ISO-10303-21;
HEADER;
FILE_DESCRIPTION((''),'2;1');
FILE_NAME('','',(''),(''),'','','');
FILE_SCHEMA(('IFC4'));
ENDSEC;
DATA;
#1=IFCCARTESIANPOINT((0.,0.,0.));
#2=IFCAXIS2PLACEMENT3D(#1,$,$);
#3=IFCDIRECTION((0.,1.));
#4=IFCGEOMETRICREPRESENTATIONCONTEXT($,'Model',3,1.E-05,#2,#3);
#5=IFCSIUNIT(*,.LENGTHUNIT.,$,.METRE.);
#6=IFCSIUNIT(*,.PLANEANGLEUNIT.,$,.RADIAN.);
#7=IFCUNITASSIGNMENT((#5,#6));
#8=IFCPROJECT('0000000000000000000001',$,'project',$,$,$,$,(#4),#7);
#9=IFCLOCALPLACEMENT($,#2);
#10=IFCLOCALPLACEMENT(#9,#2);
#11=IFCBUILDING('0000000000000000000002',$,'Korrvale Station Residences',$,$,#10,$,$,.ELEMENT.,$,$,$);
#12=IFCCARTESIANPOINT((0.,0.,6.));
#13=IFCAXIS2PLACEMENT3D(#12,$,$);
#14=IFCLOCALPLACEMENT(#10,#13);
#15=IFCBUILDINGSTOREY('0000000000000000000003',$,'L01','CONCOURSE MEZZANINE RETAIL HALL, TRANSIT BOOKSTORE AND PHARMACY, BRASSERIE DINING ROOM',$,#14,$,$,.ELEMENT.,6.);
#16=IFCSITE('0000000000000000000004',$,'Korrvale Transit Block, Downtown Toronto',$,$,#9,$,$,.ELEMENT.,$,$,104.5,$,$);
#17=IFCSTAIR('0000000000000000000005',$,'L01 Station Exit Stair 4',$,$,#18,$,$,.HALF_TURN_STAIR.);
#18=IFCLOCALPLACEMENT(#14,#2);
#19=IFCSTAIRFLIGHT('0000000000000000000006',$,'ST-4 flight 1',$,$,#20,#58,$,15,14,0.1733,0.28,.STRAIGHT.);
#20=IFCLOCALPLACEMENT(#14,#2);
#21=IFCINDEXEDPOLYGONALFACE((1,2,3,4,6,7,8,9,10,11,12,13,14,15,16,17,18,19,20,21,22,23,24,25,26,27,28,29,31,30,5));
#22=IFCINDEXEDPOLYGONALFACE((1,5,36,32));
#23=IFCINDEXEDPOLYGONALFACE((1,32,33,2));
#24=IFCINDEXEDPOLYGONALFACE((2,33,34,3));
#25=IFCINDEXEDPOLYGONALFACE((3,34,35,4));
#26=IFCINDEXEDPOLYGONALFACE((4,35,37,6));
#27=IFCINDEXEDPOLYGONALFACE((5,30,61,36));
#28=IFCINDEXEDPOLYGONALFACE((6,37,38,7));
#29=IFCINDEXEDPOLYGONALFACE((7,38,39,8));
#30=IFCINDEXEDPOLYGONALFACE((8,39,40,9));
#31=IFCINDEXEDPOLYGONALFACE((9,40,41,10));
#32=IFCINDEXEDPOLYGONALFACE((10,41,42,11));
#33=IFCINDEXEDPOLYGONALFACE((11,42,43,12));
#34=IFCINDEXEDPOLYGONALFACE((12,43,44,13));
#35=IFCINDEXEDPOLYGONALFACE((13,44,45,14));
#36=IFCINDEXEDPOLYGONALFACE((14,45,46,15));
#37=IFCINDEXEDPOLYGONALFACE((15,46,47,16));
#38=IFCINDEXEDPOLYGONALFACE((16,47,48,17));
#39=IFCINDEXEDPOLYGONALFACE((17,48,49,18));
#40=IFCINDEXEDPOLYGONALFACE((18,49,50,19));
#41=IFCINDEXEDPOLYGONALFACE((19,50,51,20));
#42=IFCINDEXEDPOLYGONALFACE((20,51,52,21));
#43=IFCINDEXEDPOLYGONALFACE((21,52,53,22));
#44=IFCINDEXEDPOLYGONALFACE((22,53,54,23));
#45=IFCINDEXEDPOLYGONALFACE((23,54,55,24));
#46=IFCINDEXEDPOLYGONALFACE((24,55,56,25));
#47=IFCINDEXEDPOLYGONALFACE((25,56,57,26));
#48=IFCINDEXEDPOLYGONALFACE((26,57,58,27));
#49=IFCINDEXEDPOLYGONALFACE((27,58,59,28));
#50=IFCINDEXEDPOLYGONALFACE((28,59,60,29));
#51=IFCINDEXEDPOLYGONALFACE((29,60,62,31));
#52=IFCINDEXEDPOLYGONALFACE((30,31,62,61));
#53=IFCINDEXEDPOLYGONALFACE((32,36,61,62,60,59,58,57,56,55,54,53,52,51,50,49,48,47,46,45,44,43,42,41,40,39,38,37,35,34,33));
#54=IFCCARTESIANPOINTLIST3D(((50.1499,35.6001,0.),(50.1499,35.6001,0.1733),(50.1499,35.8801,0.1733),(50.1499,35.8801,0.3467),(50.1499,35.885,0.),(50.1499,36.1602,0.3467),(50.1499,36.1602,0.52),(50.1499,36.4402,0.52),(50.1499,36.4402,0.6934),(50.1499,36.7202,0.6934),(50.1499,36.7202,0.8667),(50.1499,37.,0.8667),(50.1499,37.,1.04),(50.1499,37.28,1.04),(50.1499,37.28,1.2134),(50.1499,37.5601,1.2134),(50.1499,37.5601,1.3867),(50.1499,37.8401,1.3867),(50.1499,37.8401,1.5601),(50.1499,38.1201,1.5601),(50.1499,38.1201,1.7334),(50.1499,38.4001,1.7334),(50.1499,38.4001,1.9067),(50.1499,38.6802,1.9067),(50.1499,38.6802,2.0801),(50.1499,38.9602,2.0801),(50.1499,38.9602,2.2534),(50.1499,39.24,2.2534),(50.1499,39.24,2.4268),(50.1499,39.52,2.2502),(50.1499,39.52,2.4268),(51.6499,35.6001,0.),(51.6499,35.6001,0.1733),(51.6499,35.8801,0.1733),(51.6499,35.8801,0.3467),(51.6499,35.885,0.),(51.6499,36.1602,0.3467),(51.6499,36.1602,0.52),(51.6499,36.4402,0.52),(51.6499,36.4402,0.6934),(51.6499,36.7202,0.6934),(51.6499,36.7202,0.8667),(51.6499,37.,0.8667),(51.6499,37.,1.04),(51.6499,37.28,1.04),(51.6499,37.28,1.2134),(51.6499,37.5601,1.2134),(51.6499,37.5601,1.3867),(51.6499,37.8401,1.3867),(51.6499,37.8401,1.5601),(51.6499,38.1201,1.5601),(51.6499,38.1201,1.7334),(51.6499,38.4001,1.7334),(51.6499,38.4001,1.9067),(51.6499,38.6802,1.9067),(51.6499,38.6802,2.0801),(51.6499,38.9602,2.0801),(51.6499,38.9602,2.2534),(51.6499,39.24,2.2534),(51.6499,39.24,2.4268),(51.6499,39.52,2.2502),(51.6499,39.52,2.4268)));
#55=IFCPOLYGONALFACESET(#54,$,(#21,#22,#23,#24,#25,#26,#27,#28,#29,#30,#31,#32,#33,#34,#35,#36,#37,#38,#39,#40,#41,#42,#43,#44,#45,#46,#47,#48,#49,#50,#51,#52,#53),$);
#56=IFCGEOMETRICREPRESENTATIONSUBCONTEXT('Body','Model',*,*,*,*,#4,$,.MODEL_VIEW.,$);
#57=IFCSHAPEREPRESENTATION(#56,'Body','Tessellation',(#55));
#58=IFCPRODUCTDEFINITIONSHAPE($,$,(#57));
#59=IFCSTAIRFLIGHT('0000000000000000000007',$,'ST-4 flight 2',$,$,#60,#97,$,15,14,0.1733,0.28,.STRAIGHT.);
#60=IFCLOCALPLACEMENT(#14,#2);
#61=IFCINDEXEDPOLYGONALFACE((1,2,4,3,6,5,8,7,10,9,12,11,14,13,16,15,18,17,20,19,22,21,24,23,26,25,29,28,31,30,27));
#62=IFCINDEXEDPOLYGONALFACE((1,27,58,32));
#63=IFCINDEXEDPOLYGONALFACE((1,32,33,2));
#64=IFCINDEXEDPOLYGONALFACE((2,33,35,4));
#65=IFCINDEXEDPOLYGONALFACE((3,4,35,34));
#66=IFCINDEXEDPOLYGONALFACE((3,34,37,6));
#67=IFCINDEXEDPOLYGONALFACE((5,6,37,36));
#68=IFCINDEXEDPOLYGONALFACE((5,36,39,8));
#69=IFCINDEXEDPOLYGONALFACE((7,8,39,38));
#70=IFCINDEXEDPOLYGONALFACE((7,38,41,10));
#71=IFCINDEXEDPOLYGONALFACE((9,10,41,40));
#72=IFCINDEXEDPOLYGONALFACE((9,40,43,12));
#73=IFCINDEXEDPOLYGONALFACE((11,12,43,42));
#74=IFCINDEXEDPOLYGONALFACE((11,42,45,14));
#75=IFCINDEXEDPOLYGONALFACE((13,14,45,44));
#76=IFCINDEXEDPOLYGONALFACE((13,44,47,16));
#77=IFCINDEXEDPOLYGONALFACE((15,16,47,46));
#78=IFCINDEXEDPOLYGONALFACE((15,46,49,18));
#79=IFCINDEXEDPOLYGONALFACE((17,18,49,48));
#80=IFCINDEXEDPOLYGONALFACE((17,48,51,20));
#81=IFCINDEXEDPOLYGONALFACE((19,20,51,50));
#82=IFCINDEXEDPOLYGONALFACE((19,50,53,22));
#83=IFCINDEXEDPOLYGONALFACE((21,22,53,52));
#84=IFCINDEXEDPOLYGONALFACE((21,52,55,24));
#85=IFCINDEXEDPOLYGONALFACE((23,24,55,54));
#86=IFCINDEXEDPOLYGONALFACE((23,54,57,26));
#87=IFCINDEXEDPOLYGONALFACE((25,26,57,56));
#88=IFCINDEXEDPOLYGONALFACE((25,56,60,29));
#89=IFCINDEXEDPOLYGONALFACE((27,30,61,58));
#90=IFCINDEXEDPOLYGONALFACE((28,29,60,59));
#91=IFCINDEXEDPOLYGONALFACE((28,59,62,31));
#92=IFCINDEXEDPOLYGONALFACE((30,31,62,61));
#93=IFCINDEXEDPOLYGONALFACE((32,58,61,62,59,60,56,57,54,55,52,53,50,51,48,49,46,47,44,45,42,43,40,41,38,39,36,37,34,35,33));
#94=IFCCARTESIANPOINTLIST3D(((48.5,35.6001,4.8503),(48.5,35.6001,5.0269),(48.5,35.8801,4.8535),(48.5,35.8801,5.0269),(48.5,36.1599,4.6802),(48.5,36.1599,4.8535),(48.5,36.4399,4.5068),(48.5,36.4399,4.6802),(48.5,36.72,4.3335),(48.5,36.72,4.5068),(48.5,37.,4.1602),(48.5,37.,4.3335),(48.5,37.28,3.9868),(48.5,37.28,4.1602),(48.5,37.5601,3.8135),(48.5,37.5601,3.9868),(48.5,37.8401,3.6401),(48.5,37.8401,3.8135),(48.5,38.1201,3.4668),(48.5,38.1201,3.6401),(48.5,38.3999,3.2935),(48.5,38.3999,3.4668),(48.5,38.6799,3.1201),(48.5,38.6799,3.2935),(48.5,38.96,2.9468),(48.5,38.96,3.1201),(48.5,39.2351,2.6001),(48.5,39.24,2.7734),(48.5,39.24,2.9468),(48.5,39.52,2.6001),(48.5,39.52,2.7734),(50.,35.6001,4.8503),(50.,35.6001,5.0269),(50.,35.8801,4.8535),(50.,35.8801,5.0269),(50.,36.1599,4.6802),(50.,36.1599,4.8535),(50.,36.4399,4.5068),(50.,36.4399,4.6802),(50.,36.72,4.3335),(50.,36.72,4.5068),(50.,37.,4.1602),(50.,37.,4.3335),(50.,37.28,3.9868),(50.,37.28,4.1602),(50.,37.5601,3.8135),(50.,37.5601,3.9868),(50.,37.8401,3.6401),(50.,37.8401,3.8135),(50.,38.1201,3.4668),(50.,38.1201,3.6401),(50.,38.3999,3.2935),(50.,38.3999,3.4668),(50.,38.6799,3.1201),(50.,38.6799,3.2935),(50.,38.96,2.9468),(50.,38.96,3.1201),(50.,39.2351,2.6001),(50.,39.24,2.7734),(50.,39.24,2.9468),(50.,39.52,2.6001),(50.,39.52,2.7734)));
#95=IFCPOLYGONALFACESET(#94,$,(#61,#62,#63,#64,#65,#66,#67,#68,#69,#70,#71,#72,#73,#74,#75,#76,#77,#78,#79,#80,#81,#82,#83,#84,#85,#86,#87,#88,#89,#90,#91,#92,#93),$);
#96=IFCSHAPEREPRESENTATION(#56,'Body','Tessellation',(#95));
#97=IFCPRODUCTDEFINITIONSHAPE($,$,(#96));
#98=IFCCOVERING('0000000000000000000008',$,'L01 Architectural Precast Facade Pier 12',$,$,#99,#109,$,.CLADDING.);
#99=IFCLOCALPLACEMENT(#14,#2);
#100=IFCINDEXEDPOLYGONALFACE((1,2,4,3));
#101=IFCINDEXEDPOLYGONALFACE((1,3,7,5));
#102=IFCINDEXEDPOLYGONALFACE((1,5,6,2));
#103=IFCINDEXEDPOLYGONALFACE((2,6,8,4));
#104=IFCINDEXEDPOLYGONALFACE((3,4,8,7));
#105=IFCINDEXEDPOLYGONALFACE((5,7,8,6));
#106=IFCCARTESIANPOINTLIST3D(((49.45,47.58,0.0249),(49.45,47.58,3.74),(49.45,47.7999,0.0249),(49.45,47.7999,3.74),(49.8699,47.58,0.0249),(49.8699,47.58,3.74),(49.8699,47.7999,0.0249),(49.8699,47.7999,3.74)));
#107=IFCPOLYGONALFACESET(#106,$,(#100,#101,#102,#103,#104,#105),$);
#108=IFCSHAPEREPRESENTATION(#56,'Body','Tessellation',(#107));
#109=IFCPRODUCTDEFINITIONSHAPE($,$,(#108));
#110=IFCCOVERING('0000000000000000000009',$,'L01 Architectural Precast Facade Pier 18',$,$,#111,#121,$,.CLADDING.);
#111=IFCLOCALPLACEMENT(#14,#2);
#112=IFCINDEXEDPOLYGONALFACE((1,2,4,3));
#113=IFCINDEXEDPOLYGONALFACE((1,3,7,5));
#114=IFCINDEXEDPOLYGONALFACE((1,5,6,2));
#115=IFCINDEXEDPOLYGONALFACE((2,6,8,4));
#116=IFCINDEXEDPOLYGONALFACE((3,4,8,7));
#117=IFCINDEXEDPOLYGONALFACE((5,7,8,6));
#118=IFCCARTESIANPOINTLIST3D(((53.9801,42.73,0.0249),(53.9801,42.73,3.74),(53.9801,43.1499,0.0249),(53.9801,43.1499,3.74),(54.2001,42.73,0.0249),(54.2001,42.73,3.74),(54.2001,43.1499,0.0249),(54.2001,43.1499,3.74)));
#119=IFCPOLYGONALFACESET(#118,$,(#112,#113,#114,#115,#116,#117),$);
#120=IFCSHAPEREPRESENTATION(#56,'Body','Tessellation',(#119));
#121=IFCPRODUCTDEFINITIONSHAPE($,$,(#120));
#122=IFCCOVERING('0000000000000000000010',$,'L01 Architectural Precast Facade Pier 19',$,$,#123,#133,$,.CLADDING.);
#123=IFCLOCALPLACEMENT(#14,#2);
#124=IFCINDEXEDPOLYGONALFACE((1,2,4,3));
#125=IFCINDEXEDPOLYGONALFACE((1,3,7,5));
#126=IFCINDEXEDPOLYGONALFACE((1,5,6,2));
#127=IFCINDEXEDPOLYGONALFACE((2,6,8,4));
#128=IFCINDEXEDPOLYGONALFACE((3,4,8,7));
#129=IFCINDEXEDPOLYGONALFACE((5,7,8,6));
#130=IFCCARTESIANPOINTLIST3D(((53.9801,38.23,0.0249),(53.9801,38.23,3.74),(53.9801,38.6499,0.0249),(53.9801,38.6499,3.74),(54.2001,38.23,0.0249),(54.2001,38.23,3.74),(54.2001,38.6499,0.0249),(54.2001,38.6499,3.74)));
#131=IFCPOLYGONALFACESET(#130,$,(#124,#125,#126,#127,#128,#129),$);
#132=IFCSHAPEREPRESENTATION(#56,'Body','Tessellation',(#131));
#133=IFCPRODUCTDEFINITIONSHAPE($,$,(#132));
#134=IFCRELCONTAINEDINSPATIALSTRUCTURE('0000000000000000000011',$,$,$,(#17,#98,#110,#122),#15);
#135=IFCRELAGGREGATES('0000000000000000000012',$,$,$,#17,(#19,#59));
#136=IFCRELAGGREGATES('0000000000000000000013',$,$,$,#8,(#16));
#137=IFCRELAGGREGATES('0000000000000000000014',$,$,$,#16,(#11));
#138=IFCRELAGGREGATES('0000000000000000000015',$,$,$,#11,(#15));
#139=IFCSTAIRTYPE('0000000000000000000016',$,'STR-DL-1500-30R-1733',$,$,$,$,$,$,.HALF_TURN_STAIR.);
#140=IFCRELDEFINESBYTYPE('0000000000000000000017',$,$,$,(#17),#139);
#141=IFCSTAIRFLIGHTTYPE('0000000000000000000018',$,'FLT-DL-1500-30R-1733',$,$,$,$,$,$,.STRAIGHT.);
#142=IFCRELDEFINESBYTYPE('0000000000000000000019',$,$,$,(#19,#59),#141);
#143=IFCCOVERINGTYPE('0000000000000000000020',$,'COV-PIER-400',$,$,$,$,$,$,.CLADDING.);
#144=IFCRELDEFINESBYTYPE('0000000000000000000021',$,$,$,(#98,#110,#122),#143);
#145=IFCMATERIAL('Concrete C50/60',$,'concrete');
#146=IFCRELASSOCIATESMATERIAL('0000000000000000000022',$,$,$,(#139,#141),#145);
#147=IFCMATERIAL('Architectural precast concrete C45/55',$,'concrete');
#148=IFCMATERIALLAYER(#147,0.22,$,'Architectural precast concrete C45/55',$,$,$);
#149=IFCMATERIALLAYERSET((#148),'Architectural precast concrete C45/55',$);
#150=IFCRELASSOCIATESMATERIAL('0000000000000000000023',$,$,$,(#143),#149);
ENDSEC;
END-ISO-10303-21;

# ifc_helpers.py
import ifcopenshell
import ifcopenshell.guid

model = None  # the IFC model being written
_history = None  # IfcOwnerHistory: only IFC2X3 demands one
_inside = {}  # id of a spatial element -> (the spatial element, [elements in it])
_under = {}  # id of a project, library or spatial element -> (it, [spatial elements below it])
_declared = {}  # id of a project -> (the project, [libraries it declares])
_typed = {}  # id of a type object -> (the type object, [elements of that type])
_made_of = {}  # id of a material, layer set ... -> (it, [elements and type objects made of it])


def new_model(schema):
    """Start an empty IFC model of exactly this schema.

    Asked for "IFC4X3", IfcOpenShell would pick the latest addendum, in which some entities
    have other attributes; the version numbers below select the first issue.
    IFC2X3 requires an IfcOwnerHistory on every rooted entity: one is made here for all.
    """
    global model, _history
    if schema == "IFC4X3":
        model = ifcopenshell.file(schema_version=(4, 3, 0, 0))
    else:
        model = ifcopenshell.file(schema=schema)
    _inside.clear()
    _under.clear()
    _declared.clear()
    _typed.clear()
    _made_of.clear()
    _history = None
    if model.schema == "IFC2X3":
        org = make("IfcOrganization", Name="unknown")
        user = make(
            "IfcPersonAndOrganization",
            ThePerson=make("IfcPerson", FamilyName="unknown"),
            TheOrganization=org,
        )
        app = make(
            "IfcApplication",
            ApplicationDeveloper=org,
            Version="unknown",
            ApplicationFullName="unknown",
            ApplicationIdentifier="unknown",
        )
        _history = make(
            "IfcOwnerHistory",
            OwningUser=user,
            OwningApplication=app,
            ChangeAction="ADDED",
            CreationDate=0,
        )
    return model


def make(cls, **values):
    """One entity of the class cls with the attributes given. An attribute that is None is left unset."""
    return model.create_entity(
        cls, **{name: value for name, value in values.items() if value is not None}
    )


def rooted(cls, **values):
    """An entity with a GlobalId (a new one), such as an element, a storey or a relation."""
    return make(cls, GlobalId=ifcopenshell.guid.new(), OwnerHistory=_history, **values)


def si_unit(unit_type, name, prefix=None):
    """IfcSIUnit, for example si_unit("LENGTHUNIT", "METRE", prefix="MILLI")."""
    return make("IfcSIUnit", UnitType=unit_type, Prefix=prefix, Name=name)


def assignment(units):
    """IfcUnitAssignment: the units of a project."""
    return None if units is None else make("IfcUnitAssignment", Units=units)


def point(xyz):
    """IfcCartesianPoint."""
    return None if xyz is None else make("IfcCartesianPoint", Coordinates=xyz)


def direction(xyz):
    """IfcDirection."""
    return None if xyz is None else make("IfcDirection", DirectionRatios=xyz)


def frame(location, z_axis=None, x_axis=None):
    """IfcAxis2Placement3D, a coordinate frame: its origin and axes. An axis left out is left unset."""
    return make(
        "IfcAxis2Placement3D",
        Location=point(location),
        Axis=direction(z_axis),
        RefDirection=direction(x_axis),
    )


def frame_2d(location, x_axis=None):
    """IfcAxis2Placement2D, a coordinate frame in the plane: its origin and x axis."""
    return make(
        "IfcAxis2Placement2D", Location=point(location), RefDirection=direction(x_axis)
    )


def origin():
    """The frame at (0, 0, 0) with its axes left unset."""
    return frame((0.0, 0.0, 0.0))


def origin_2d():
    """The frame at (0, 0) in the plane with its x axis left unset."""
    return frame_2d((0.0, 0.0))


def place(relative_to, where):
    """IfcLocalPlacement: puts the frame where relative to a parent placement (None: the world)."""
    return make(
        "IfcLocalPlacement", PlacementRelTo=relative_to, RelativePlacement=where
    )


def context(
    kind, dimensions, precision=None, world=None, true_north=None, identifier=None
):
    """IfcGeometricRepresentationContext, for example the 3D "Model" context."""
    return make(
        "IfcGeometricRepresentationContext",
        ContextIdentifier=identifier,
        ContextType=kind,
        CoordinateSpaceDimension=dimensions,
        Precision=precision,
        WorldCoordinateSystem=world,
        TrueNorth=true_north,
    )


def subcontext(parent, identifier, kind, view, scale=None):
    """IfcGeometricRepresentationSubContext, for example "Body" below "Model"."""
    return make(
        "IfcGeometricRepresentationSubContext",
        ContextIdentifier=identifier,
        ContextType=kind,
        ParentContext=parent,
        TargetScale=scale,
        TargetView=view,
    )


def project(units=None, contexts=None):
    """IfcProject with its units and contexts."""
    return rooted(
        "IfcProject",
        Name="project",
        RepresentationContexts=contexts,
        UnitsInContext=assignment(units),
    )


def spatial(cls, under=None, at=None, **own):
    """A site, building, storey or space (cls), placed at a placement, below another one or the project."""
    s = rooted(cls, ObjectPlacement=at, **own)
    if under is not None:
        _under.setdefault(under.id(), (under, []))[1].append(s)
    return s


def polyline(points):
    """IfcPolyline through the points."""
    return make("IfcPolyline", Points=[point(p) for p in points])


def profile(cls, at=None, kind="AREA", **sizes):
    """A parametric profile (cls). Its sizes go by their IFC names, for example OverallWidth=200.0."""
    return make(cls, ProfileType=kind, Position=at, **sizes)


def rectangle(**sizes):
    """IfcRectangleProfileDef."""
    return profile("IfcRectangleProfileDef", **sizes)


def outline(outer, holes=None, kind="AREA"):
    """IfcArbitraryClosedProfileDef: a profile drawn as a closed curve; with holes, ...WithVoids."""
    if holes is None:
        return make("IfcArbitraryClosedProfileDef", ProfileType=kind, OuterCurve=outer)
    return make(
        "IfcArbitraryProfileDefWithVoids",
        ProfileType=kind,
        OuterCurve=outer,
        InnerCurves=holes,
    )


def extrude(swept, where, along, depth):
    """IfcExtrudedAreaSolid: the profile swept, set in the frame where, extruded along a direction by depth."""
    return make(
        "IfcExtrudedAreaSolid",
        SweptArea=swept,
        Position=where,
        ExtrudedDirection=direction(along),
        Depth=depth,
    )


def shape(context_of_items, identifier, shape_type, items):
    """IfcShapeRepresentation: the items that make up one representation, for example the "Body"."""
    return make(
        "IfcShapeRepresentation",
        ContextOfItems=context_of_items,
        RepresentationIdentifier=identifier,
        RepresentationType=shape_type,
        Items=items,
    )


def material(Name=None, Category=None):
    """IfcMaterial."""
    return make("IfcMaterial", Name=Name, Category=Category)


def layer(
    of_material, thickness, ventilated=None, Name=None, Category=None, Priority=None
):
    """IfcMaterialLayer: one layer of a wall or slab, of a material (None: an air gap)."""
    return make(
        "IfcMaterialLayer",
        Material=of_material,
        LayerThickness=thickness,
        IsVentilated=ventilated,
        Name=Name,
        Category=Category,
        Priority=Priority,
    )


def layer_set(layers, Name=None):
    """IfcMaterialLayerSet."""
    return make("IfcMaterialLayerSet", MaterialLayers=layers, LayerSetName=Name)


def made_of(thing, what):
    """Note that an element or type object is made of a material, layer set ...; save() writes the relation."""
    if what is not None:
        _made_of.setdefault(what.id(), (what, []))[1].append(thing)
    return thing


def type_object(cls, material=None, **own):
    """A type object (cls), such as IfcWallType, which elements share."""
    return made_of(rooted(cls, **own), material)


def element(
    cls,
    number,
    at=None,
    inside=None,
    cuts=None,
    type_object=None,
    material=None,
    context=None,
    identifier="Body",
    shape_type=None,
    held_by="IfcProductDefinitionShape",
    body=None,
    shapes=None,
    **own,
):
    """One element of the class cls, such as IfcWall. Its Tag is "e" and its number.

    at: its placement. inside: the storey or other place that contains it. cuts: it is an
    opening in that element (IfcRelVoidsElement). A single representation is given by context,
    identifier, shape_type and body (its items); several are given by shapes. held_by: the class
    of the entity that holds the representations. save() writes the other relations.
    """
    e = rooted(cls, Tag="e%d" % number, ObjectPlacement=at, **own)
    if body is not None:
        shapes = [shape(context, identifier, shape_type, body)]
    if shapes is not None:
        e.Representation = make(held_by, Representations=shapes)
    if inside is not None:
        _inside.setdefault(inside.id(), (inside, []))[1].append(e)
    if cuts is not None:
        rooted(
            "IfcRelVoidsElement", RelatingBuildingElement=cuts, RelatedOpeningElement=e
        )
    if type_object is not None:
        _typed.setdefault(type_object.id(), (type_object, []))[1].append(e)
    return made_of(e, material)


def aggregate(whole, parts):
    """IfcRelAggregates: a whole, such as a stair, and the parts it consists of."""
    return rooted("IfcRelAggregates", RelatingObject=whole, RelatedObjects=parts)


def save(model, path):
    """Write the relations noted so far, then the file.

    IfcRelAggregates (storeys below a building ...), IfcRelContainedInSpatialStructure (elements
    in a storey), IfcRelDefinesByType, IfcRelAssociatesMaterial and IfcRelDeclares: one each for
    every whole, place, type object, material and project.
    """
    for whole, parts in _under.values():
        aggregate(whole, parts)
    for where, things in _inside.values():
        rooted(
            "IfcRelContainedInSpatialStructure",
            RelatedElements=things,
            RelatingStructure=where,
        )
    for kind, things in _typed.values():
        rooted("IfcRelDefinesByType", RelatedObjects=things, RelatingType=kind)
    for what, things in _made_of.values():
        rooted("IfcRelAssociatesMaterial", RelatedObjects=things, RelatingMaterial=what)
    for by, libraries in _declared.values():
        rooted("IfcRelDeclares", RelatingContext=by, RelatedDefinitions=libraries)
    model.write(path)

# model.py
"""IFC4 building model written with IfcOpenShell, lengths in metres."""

from ifc_helpers import new_model, si_unit, direction, frame, origin, origin_2d, place, context, subcontext, project, spatial, polyline, rectangle, outline, extrude, material, layer, layer_set, type_object, element, aggregate, save


model = new_model("IFC4")

# Units and contexts
model_context = context("Model", 3, precision=1e-05, world=origin(), true_north=direction((0.0, 1.0)))
body_context = subcontext(model_context, "Body", "Model", "MODEL_VIEW")
ifc_project = project(units=[si_unit("LENGTHUNIT", "METRE"), si_unit("PLANEANGLEUNIT", "RADIAN")], contexts=[model_context])

# Site, building, storey
site_placement = place(None, origin())
site = spatial("IfcSite", under=ifc_project, at=site_placement, Name="Korrvale Transit Block, Downtown Toronto", CompositionType="ELEMENT", RefElevation=104.5)
building_placement = place(site_placement, origin())
building = spatial("IfcBuilding", under=site, at=building_placement, Name="Korrvale Station Residences", CompositionType="ELEMENT")
storey_placement = place(building_placement, frame((0.0, 0.0, 6.0)))
storey = spatial("IfcBuildingStorey", under=building, at=storey_placement, Name="L01", Description="CONCOURSE MEZZANINE RETAIL HALL, TRANSIT BOOKSTORE AND PHARMACY, BRASSERIE DINING ROOM", CompositionType="ELEMENT", Elevation=6.0)

# Stair, stair flights
ifc_material_1 = material(Name="Concrete C50/60", Category="concrete")
stair_type = type_object("IfcStairType", Name="STR-DL-1500-30R-1733", PredefinedType="HALF_TURN_STAIR", material=ifc_material_1)
stair_placement = place(storey_placement, origin())
stair = element("IfcStair", 1, at=stair_placement, inside=storey, type_object=stair_type, Name="L01 Station Exit Stair 4", PredefinedType="HALF_TURN_STAIR")
stair_flight_type = type_object("IfcStairFlightType", Name="FLT-DL-1500-30R-1733", PredefinedType="STRAIGHT", material=ifc_material_1)
stair_flight_1_placement = place(storey_placement, frame((50.8999, 35.6001, 0.0), z_axis=(0.0, 0.0, 1.0), x_axis=(0.0, 1.0, 0.0)))
stair_flight_1 = element("IfcStairFlight", 2, at=stair_flight_1_placement, type_object=stair_flight_type, Name="ST-4 flight 1", NumberOfRisers=15, NumberOfTreads=14, PredefinedType="STRAIGHT", RiserHeight=0.1733, TreadLength=0.28, context=body_context, shape_type="SweptSolid", body=[
    extrude(outline(polyline([(0.0, 0.0), (0.0, 0.1733), (0.28, 0.1733), (0.28, 0.3467), (0.5601, 0.3467), (0.5601, 0.52), (0.8401, 0.52), (0.8401, 0.6934), (1.1201, 0.6934), (1.1201, 0.8667), (1.3999, 0.8667), (1.3999, 1.04), (1.6799, 1.04), (1.6799, 1.2134), (1.96, 1.2134), (1.96, 1.3867), (2.24, 1.3867), (2.24, 1.5601), (2.52, 1.5601), (2.52, 1.7334), (2.8, 1.7334), (2.8, 1.9067), (3.0801, 1.9067), (3.0801, 2.0801), (3.3601, 2.0801), (3.3601, 2.2534), (3.6399, 2.2534), (3.6399, 2.4268), (3.9199, 2.4268), (3.9199, 2.6001), (3.9199, 2.2502), (0.2849, 0.0), (0.0, 0.0)])), frame((0.0, 0.75, 0.0), z_axis=(0.0, -1.0, 0.0), x_axis=(1.0, 0.0, 0.0)), (0.0, 0.0, 1.0), 1.5),
])
stair_flight_2_placement = place(storey_placement, frame((49.25, 39.52, 2.6001), z_axis=(0.0, 0.0, 1.0), x_axis=(0.0, -1.0, 0.0)))
stair_flight_2 = element("IfcStairFlight", 3, at=stair_flight_2_placement, type_object=stair_flight_type, Name="ST-4 flight 2", NumberOfRisers=15, NumberOfTreads=14, PredefinedType="STRAIGHT", RiserHeight=0.1733, TreadLength=0.28, context=body_context, shape_type="SweptSolid", body=[
    extrude(outline(polyline([(0.0, 0.0), (0.0, 0.1733), (0.28, 0.1733), (0.28, 0.3467), (0.5601, 0.3467), (0.5601, 0.52), (0.8401, 0.52), (0.8401, 0.6934), (1.1201, 0.6934), (1.1201, 0.8667), (1.3999, 0.8667), (1.3999, 1.04), (1.6799, 1.04), (1.6799, 1.2134), (1.96, 1.2134), (1.96, 1.3867), (2.24, 1.3867), (2.24, 1.5601), (2.52, 1.5601), (2.52, 1.7334), (2.8, 1.7334), (2.8, 1.9067), (3.0801, 1.9067), (3.0801, 2.0801), (3.3601, 2.0801), (3.3601, 2.2534), (3.6399, 2.2534), (3.6399, 2.4268), (3.9199, 2.4268), (3.9199, 2.6001), (3.9199, 2.2502), (0.2849, 0.0), (0.0, 0.0)])), frame((0.0, 0.75, 0.0), z_axis=(0.0, -1.0, 0.0), x_axis=(1.0, 0.0, 0.0)), (0.0, 0.0, 1.0), 1.5),
])
aggregate(stair, [stair_flight_1, stair_flight_2])

# Coverings
ifc_material_2 = material(Name="Architectural precast concrete C45/55", Category="concrete")
ifc_layer_1 = layer(ifc_material_2, 0.22, Name="Architectural precast concrete C45/55")
ifc_layer_set_1 = layer_set([ifc_layer_1], Name="Architectural precast concrete C45/55")
covering_type = type_object("IfcCoveringType", Name="COV-PIER-400", PredefinedType="CLADDING", material=ifc_layer_set_1)
for number, where, z_axis, x_axis, name in (
    (4, (49.6599, 47.6899, 0.0249), (0.0, 0.0, 1.0), (1.0, 0.0, 0.0), "L01 Architectural Precast Facade Pier 12"),
    (5, (54.0901, 42.9399, 0.0249), (0.0, 0.0, 1.0), (0.0, 1.0, 0.0), "L01 Architectural Precast Facade Pier 18"),
    (6, (54.0901, 38.4399, 0.0249), (0.0, 0.0, 1.0), (0.0, 1.0, 0.0), "L01 Architectural Precast Facade Pier 19"),
):
    element("IfcCovering", number, at=place(storey_placement, frame(where, z_axis=z_axis, x_axis=x_axis)), inside=storey, type_object=covering_type, Name=name, PredefinedType="CLADDING", context=body_context, shape_type="SweptSolid", body=[
        extrude(rectangle(XDim=0.4199, YDim=0.22, at=origin_2d()), origin(), (0.0, 0.0, 1.0), 3.7151),
    ])

save(model, "model.ifc")
